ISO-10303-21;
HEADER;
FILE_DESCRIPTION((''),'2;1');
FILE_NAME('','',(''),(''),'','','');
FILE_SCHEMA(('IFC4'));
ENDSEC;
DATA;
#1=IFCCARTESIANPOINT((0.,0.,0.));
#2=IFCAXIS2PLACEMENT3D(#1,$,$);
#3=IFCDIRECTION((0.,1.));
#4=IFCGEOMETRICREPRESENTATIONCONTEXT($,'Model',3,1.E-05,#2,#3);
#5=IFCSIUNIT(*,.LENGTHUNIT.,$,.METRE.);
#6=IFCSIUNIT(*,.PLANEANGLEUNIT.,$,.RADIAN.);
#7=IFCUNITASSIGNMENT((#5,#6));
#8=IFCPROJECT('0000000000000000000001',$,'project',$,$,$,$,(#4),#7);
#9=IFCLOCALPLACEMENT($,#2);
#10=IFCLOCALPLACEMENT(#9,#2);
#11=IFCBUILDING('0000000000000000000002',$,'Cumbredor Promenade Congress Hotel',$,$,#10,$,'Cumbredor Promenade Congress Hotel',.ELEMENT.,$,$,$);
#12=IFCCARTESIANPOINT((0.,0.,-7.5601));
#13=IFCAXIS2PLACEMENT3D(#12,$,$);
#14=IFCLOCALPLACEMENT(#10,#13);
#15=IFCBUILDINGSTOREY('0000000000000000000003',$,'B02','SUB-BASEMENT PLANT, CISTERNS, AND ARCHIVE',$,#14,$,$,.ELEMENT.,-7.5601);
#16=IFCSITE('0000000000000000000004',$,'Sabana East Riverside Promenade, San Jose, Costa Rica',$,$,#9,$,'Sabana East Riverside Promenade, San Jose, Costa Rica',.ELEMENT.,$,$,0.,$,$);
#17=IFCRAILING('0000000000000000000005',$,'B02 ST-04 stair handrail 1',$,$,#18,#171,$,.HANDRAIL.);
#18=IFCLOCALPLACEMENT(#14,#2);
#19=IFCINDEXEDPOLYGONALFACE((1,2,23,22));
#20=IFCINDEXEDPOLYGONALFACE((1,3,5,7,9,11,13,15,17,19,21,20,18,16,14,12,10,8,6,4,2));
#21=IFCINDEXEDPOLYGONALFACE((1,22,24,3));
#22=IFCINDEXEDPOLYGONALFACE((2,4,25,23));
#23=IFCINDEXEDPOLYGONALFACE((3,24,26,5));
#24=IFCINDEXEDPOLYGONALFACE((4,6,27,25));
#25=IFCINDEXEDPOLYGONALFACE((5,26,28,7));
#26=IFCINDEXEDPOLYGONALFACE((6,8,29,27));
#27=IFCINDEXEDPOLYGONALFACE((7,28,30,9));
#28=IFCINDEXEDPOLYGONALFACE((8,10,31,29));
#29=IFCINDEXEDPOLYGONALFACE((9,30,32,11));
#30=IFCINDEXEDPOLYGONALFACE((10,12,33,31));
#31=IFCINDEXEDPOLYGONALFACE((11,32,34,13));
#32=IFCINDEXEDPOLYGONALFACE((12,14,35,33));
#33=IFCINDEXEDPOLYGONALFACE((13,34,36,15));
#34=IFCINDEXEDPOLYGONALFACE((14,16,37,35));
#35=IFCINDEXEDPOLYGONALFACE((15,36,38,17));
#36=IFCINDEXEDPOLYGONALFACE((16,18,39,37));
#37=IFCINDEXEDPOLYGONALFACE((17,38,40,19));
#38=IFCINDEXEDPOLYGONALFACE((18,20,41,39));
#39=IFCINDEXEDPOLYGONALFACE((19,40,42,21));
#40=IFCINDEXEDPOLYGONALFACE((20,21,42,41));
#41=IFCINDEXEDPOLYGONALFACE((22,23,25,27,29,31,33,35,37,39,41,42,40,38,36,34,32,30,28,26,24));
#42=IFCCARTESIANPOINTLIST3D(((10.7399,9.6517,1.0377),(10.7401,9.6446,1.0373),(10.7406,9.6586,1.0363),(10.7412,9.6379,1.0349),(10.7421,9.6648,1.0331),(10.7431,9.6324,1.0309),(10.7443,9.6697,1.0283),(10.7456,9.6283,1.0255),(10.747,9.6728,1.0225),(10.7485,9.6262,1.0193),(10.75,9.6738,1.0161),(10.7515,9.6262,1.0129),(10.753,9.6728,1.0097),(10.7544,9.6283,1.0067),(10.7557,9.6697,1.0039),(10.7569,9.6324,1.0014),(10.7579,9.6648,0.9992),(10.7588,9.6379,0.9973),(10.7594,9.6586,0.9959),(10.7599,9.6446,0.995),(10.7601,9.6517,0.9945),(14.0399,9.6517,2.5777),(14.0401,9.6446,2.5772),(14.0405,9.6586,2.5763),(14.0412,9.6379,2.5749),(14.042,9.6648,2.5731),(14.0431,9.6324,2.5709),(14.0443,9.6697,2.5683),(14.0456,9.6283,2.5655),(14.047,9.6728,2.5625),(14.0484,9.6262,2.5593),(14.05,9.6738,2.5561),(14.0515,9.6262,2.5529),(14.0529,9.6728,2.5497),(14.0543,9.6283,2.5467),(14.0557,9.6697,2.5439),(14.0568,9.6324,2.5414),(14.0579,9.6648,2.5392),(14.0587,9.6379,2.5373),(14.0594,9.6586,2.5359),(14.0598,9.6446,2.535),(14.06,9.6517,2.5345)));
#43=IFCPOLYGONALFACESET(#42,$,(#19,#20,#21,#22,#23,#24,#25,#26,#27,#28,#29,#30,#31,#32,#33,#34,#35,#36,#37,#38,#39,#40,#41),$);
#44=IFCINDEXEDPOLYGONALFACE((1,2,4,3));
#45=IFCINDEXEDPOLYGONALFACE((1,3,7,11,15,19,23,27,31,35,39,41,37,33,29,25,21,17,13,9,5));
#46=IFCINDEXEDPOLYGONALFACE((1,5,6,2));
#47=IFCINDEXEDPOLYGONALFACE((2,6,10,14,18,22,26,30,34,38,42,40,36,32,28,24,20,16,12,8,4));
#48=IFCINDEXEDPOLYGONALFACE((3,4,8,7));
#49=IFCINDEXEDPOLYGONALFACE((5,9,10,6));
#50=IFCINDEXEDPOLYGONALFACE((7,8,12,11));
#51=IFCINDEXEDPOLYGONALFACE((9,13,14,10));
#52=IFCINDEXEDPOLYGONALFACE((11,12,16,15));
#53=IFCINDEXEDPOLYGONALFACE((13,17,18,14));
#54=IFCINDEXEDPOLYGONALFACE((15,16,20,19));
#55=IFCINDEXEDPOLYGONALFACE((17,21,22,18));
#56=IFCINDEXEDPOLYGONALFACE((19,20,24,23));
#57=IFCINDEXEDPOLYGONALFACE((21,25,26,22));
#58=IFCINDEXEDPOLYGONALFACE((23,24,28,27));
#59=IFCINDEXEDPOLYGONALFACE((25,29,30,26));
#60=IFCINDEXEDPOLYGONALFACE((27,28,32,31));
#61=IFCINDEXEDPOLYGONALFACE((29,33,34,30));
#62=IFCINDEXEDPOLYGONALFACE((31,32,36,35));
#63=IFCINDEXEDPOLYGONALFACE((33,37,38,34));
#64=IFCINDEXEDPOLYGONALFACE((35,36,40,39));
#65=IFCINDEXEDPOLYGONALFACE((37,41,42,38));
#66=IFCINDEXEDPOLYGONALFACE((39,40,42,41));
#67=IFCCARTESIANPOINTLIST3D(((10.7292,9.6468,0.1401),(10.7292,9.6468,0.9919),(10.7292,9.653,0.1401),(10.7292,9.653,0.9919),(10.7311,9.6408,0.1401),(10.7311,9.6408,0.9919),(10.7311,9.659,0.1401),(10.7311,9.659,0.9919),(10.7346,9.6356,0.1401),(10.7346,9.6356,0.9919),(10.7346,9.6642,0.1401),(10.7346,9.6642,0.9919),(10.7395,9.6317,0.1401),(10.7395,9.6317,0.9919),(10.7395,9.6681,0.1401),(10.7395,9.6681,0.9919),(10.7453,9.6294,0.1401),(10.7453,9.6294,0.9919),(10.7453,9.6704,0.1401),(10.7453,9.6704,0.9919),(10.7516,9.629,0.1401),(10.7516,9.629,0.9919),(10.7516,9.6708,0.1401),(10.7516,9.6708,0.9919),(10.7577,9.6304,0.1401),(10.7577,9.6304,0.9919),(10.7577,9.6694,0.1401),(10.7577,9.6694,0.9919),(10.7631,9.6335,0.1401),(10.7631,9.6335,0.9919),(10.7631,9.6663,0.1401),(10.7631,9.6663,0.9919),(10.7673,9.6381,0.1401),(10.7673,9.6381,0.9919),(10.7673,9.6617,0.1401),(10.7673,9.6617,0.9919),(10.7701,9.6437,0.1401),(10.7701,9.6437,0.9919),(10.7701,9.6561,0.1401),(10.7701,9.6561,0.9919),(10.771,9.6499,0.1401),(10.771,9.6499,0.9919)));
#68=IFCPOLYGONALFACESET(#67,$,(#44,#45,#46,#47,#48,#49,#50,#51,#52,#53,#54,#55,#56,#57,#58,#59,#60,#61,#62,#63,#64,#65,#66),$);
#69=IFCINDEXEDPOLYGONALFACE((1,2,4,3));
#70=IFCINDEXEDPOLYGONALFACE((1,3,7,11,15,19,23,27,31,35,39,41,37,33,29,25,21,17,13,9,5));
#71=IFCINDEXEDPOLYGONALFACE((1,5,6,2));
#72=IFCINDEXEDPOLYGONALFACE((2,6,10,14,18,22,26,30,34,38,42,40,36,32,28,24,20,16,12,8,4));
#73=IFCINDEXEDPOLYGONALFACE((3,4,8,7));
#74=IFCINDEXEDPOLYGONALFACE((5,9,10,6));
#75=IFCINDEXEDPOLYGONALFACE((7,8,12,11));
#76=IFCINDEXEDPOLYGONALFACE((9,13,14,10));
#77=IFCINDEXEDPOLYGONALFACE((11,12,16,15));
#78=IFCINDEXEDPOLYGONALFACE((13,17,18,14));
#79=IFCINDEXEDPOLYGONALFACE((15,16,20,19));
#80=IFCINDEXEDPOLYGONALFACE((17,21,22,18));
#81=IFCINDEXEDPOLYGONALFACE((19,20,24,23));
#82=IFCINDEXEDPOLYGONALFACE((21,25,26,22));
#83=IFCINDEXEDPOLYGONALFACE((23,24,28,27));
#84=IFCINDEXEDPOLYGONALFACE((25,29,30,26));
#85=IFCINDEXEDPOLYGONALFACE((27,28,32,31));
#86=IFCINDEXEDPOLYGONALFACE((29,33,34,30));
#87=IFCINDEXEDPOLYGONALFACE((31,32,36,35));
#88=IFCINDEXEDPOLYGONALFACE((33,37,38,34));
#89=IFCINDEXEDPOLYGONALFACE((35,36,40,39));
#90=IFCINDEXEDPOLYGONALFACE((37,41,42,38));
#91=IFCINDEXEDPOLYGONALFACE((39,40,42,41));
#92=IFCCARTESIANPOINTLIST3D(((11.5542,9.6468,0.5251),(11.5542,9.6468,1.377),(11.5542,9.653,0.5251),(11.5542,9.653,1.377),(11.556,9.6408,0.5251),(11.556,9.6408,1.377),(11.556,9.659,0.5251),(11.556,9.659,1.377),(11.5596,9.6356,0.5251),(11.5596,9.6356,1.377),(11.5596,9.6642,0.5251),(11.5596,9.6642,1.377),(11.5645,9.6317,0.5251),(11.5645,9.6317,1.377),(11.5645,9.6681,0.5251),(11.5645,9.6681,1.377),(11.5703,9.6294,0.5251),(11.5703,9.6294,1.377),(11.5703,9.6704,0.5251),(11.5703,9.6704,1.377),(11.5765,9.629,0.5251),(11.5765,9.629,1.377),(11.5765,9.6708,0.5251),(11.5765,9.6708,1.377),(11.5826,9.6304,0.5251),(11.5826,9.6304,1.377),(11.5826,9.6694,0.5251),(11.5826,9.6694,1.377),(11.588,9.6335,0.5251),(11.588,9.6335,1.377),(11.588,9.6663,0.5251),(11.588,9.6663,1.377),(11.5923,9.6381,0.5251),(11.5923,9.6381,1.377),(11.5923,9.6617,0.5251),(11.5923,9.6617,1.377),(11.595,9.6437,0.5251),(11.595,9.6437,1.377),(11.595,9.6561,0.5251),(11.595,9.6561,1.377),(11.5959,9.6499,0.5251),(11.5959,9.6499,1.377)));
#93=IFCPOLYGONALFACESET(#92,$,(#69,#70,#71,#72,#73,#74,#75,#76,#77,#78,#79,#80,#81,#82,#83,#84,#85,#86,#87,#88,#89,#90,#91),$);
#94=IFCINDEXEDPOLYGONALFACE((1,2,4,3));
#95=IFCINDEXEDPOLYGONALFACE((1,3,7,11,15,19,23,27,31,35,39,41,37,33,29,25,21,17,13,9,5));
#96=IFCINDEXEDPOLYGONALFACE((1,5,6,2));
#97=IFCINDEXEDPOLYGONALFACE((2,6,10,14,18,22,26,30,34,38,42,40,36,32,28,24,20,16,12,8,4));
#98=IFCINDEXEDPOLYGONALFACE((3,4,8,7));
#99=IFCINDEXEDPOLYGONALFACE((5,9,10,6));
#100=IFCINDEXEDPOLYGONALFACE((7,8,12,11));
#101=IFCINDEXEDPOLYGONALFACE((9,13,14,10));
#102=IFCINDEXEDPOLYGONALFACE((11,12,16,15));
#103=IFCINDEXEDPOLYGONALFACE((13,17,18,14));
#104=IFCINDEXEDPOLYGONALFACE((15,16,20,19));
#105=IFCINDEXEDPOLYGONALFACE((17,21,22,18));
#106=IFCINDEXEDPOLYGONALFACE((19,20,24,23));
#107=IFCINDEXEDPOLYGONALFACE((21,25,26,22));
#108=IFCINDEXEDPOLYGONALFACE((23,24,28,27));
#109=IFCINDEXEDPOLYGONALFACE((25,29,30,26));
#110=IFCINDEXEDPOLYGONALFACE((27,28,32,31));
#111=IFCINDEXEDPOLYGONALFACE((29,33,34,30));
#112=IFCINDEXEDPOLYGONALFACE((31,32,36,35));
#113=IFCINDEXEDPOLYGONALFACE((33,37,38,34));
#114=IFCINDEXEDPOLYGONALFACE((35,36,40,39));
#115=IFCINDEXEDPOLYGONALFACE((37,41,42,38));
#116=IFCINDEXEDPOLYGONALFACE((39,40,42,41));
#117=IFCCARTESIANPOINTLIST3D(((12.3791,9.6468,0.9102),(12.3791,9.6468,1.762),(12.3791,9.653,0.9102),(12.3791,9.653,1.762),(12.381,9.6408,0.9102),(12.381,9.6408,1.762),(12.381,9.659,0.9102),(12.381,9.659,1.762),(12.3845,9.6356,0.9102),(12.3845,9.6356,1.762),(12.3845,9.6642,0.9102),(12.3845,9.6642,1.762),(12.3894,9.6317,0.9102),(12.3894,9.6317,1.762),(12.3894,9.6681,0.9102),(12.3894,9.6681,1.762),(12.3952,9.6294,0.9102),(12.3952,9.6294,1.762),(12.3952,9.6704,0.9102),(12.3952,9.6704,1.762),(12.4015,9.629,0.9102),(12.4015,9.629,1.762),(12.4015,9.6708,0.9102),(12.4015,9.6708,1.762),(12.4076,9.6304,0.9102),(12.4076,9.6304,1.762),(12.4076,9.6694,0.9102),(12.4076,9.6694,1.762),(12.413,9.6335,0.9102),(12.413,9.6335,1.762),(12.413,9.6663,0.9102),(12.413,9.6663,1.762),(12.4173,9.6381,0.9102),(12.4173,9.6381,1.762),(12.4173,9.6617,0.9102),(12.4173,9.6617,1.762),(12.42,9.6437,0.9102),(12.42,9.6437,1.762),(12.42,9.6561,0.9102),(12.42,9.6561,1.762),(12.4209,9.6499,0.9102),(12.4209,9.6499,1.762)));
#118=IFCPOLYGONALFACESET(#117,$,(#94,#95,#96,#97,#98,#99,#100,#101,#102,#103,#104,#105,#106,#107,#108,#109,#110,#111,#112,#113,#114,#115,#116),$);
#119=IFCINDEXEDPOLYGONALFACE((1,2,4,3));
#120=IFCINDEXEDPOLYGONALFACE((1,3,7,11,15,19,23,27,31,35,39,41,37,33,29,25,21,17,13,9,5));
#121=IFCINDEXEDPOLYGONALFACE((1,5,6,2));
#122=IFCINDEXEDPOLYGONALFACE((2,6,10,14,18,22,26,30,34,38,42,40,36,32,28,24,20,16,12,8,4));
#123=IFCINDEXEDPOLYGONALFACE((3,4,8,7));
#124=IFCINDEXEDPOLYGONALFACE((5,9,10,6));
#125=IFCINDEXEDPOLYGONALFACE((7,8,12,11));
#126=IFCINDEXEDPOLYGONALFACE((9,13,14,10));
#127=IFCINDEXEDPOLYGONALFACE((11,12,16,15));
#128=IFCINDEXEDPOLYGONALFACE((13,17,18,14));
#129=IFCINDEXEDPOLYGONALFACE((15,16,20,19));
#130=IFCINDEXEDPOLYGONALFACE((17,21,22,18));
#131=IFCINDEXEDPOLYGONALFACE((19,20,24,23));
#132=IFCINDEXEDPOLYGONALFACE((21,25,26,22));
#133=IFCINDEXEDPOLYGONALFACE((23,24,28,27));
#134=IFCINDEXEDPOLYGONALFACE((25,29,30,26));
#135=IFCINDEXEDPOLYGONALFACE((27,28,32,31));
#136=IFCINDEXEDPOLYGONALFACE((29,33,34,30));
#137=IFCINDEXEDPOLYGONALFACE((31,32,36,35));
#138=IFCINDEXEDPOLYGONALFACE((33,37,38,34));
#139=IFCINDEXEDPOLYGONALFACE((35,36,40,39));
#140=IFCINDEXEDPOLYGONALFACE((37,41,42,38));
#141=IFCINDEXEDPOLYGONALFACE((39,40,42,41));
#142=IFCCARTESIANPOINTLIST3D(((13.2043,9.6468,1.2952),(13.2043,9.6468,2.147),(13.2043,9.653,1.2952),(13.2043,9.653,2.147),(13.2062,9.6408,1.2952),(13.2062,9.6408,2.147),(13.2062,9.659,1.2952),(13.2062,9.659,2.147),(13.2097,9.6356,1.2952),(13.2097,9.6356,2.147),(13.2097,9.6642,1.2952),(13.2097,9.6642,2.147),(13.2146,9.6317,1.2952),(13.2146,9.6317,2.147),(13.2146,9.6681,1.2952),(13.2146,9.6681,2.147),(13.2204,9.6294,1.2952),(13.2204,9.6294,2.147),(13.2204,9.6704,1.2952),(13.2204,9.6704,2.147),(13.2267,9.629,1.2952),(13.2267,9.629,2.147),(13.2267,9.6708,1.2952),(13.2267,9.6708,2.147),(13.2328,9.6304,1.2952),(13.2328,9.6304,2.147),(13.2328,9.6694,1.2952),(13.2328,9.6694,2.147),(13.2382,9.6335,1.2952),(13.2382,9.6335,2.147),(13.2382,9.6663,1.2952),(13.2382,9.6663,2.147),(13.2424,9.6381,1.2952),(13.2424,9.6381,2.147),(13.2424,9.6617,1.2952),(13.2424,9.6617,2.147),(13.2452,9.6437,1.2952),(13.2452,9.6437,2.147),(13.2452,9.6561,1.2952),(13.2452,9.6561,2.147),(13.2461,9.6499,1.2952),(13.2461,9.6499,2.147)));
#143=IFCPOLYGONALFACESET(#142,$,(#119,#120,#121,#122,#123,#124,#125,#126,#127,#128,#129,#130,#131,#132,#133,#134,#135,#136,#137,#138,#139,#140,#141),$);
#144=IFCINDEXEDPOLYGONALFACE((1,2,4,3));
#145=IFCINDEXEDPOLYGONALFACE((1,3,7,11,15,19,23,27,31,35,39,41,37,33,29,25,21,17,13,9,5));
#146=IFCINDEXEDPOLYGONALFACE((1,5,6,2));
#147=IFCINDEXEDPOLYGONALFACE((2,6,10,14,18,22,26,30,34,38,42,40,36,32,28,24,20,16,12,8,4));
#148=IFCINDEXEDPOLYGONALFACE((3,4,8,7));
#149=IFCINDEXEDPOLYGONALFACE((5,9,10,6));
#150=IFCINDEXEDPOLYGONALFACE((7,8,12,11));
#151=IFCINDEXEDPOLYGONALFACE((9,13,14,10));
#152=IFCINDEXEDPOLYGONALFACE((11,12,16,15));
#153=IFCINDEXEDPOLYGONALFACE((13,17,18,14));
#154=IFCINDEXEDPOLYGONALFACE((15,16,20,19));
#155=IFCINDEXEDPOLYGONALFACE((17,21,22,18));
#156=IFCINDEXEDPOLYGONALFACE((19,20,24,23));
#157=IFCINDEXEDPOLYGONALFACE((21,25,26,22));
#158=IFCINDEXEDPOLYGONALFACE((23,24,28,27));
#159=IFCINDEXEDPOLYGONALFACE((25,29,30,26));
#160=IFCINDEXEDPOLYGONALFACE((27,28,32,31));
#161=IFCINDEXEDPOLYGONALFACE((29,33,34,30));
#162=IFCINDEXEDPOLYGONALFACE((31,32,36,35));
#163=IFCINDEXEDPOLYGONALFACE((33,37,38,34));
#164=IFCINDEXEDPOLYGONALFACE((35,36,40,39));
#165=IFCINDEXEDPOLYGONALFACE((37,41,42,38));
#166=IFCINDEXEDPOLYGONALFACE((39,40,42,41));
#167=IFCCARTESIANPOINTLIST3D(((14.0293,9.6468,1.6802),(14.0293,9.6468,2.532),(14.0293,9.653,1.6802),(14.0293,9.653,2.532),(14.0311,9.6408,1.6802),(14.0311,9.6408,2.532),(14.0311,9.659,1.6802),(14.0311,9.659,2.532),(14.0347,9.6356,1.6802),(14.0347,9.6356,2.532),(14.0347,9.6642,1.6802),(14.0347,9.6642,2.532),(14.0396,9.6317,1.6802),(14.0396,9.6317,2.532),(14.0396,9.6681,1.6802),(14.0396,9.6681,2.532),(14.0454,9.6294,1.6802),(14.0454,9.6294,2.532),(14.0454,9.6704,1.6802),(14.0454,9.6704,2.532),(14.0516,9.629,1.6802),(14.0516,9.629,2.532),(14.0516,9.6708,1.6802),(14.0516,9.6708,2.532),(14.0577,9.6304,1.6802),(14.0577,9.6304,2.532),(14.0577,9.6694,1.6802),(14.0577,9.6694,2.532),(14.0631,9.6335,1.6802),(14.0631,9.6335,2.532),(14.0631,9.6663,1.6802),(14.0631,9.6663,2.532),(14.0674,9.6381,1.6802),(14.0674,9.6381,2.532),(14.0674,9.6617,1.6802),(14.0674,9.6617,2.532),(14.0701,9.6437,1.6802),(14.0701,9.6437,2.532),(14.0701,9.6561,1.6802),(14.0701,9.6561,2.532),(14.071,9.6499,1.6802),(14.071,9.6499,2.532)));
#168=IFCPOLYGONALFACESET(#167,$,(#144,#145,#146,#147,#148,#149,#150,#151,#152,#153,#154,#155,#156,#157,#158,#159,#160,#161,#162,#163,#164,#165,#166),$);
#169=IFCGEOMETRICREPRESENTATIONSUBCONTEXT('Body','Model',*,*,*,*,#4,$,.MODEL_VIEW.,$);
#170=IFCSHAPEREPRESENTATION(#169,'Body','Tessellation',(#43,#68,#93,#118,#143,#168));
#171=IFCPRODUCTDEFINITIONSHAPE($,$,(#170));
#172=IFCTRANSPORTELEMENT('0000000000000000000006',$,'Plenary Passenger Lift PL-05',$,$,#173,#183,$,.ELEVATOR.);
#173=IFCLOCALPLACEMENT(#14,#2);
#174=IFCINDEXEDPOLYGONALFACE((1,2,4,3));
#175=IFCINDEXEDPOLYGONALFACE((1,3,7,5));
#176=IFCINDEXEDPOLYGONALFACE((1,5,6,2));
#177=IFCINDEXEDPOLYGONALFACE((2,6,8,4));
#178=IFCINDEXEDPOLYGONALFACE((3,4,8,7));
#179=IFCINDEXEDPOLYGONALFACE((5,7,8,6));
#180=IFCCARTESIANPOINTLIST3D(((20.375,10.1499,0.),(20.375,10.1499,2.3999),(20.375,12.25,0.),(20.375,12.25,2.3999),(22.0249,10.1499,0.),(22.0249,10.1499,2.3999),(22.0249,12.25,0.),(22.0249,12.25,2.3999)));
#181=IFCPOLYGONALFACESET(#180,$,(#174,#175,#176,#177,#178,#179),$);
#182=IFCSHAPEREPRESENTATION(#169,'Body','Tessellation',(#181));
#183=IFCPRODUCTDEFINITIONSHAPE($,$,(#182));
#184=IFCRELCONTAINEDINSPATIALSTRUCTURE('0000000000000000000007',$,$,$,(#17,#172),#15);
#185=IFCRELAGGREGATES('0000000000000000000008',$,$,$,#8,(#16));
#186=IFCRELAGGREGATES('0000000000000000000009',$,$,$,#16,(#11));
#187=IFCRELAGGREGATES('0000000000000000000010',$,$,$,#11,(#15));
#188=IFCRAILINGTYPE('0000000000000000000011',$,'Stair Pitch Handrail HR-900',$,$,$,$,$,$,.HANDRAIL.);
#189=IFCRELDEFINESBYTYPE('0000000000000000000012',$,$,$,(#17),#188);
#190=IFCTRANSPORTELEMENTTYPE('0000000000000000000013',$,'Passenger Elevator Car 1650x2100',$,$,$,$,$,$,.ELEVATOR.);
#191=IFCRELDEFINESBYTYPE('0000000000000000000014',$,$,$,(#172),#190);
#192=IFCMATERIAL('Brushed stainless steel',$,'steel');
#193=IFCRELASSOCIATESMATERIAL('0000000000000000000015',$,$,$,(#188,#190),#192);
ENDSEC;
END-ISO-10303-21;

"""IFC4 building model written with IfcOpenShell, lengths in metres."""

from ifc_helpers import new_model, si_unit, direction, frame, origin, origin_2d, place, context, subcontext, project, spatial, rectangle, circle, extrude, material, type_object, element, save


model = new_model("IFC4")

# Units and contexts
model_context = context("Model", 3, precision=1e-05, world=origin(), true_north=direction((0.0, 1.0)))
body_context = subcontext(model_context, "Body", "Model", "MODEL_VIEW")
ifc_project = project(units=[si_unit("LENGTHUNIT", "METRE"), si_unit("PLANEANGLEUNIT", "RADIAN")], contexts=[model_context])

# Site, building, storey
site_placement = place(None, origin())
site = spatial("IfcSite", under=ifc_project, at=site_placement, Name="Sabana East Riverside Promenade, San Jose, Costa Rica", LongName="Sabana East Riverside Promenade, San Jose, Costa Rica", CompositionType="ELEMENT", RefElevation=0.0)
building_placement = place(site_placement, origin())
building = spatial("IfcBuilding", under=site, at=building_placement, Name="Cumbredor Promenade Congress Hotel", LongName="Cumbredor Promenade Congress Hotel", CompositionType="ELEMENT")
storey_placement = place(building_placement, frame((0.0, 0.0, -7.5601)))
storey = spatial("IfcBuildingStorey", under=building, at=storey_placement, Name="B02", Description="SUB-BASEMENT PLANT, CISTERNS, AND ARCHIVE", CompositionType="ELEMENT", Elevation=-7.5601)

# Railing
ifc_material_1 = material(Name="Brushed stainless steel", Category="steel")
railing_type_1 = type_object("IfcRailingType", Name="Stair Pitch Handrail HR-900", PredefinedType="HANDRAIL", material=ifc_material_1)
railing_1_placement = place(storey_placement, frame((10.75, 9.6499, 0.1401)))
element("IfcRailing", 1, at=railing_1_placement, inside=storey, type_object=railing_type_1, Name="B02 ST-04 stair handrail 1", PredefinedType="HANDRAIL", context=body_context, shape_type="SweptSolid", body=[
    extrude(circle(Radius=0.0239, at=origin_2d()), frame((0.0, 0.0, 0.876), z_axis=(0.906181, 0.0, 0.422889), x_axis=(0.0, 1.0, 0.0)), (0.0, 0.0, 1.0), 3.6416),
    extrude(circle(Radius=0.021, at=origin_2d()), origin(), (0.0, 0.0, 1.0), 0.8518),
    extrude(circle(Radius=0.021, at=origin_2d()), frame((0.825, 0.0, 0.385)), (0.0, 0.0, 1.0), 0.8518),
    extrude(circle(Radius=0.021, at=origin_2d()), frame((1.6499, 0.0, 0.77)), (0.0, 0.0, 1.0), 0.8518),
    extrude(circle(Radius=0.021, at=origin_2d()), frame((2.4751, 0.0, 1.155)), (0.0, 0.0, 1.0), 0.8518),
    extrude(circle(Radius=0.021, at=origin_2d()), frame((3.3, 0.0, 1.54)), (0.0, 0.0, 1.0), 0.8518),
])

# Transport element
transport_element_type = type_object("IfcTransportElementType", Name="Passenger Elevator Car 1650x2100", PredefinedType="ELEVATOR", material=ifc_material_1)
transport_element_placement = place(storey_placement, frame((21.2, 11.2, 0.0), z_axis=(0.0, 0.0, 1.0), x_axis=(1.0, 0.0, 0.0)))
element("IfcTransportElement", 2, at=transport_element_placement, inside=storey, type_object=transport_element_type, Name="Plenary Passenger Lift PL-05", PredefinedType="ELEVATOR", context=body_context, shape_type="SweptSolid", body=[
    extrude(rectangle(XDim=1.6499, YDim=2.1001, at=origin_2d()), origin(), (0.0, 0.0, 1.0), 2.3999),
])

save(model, "model.ifc")
